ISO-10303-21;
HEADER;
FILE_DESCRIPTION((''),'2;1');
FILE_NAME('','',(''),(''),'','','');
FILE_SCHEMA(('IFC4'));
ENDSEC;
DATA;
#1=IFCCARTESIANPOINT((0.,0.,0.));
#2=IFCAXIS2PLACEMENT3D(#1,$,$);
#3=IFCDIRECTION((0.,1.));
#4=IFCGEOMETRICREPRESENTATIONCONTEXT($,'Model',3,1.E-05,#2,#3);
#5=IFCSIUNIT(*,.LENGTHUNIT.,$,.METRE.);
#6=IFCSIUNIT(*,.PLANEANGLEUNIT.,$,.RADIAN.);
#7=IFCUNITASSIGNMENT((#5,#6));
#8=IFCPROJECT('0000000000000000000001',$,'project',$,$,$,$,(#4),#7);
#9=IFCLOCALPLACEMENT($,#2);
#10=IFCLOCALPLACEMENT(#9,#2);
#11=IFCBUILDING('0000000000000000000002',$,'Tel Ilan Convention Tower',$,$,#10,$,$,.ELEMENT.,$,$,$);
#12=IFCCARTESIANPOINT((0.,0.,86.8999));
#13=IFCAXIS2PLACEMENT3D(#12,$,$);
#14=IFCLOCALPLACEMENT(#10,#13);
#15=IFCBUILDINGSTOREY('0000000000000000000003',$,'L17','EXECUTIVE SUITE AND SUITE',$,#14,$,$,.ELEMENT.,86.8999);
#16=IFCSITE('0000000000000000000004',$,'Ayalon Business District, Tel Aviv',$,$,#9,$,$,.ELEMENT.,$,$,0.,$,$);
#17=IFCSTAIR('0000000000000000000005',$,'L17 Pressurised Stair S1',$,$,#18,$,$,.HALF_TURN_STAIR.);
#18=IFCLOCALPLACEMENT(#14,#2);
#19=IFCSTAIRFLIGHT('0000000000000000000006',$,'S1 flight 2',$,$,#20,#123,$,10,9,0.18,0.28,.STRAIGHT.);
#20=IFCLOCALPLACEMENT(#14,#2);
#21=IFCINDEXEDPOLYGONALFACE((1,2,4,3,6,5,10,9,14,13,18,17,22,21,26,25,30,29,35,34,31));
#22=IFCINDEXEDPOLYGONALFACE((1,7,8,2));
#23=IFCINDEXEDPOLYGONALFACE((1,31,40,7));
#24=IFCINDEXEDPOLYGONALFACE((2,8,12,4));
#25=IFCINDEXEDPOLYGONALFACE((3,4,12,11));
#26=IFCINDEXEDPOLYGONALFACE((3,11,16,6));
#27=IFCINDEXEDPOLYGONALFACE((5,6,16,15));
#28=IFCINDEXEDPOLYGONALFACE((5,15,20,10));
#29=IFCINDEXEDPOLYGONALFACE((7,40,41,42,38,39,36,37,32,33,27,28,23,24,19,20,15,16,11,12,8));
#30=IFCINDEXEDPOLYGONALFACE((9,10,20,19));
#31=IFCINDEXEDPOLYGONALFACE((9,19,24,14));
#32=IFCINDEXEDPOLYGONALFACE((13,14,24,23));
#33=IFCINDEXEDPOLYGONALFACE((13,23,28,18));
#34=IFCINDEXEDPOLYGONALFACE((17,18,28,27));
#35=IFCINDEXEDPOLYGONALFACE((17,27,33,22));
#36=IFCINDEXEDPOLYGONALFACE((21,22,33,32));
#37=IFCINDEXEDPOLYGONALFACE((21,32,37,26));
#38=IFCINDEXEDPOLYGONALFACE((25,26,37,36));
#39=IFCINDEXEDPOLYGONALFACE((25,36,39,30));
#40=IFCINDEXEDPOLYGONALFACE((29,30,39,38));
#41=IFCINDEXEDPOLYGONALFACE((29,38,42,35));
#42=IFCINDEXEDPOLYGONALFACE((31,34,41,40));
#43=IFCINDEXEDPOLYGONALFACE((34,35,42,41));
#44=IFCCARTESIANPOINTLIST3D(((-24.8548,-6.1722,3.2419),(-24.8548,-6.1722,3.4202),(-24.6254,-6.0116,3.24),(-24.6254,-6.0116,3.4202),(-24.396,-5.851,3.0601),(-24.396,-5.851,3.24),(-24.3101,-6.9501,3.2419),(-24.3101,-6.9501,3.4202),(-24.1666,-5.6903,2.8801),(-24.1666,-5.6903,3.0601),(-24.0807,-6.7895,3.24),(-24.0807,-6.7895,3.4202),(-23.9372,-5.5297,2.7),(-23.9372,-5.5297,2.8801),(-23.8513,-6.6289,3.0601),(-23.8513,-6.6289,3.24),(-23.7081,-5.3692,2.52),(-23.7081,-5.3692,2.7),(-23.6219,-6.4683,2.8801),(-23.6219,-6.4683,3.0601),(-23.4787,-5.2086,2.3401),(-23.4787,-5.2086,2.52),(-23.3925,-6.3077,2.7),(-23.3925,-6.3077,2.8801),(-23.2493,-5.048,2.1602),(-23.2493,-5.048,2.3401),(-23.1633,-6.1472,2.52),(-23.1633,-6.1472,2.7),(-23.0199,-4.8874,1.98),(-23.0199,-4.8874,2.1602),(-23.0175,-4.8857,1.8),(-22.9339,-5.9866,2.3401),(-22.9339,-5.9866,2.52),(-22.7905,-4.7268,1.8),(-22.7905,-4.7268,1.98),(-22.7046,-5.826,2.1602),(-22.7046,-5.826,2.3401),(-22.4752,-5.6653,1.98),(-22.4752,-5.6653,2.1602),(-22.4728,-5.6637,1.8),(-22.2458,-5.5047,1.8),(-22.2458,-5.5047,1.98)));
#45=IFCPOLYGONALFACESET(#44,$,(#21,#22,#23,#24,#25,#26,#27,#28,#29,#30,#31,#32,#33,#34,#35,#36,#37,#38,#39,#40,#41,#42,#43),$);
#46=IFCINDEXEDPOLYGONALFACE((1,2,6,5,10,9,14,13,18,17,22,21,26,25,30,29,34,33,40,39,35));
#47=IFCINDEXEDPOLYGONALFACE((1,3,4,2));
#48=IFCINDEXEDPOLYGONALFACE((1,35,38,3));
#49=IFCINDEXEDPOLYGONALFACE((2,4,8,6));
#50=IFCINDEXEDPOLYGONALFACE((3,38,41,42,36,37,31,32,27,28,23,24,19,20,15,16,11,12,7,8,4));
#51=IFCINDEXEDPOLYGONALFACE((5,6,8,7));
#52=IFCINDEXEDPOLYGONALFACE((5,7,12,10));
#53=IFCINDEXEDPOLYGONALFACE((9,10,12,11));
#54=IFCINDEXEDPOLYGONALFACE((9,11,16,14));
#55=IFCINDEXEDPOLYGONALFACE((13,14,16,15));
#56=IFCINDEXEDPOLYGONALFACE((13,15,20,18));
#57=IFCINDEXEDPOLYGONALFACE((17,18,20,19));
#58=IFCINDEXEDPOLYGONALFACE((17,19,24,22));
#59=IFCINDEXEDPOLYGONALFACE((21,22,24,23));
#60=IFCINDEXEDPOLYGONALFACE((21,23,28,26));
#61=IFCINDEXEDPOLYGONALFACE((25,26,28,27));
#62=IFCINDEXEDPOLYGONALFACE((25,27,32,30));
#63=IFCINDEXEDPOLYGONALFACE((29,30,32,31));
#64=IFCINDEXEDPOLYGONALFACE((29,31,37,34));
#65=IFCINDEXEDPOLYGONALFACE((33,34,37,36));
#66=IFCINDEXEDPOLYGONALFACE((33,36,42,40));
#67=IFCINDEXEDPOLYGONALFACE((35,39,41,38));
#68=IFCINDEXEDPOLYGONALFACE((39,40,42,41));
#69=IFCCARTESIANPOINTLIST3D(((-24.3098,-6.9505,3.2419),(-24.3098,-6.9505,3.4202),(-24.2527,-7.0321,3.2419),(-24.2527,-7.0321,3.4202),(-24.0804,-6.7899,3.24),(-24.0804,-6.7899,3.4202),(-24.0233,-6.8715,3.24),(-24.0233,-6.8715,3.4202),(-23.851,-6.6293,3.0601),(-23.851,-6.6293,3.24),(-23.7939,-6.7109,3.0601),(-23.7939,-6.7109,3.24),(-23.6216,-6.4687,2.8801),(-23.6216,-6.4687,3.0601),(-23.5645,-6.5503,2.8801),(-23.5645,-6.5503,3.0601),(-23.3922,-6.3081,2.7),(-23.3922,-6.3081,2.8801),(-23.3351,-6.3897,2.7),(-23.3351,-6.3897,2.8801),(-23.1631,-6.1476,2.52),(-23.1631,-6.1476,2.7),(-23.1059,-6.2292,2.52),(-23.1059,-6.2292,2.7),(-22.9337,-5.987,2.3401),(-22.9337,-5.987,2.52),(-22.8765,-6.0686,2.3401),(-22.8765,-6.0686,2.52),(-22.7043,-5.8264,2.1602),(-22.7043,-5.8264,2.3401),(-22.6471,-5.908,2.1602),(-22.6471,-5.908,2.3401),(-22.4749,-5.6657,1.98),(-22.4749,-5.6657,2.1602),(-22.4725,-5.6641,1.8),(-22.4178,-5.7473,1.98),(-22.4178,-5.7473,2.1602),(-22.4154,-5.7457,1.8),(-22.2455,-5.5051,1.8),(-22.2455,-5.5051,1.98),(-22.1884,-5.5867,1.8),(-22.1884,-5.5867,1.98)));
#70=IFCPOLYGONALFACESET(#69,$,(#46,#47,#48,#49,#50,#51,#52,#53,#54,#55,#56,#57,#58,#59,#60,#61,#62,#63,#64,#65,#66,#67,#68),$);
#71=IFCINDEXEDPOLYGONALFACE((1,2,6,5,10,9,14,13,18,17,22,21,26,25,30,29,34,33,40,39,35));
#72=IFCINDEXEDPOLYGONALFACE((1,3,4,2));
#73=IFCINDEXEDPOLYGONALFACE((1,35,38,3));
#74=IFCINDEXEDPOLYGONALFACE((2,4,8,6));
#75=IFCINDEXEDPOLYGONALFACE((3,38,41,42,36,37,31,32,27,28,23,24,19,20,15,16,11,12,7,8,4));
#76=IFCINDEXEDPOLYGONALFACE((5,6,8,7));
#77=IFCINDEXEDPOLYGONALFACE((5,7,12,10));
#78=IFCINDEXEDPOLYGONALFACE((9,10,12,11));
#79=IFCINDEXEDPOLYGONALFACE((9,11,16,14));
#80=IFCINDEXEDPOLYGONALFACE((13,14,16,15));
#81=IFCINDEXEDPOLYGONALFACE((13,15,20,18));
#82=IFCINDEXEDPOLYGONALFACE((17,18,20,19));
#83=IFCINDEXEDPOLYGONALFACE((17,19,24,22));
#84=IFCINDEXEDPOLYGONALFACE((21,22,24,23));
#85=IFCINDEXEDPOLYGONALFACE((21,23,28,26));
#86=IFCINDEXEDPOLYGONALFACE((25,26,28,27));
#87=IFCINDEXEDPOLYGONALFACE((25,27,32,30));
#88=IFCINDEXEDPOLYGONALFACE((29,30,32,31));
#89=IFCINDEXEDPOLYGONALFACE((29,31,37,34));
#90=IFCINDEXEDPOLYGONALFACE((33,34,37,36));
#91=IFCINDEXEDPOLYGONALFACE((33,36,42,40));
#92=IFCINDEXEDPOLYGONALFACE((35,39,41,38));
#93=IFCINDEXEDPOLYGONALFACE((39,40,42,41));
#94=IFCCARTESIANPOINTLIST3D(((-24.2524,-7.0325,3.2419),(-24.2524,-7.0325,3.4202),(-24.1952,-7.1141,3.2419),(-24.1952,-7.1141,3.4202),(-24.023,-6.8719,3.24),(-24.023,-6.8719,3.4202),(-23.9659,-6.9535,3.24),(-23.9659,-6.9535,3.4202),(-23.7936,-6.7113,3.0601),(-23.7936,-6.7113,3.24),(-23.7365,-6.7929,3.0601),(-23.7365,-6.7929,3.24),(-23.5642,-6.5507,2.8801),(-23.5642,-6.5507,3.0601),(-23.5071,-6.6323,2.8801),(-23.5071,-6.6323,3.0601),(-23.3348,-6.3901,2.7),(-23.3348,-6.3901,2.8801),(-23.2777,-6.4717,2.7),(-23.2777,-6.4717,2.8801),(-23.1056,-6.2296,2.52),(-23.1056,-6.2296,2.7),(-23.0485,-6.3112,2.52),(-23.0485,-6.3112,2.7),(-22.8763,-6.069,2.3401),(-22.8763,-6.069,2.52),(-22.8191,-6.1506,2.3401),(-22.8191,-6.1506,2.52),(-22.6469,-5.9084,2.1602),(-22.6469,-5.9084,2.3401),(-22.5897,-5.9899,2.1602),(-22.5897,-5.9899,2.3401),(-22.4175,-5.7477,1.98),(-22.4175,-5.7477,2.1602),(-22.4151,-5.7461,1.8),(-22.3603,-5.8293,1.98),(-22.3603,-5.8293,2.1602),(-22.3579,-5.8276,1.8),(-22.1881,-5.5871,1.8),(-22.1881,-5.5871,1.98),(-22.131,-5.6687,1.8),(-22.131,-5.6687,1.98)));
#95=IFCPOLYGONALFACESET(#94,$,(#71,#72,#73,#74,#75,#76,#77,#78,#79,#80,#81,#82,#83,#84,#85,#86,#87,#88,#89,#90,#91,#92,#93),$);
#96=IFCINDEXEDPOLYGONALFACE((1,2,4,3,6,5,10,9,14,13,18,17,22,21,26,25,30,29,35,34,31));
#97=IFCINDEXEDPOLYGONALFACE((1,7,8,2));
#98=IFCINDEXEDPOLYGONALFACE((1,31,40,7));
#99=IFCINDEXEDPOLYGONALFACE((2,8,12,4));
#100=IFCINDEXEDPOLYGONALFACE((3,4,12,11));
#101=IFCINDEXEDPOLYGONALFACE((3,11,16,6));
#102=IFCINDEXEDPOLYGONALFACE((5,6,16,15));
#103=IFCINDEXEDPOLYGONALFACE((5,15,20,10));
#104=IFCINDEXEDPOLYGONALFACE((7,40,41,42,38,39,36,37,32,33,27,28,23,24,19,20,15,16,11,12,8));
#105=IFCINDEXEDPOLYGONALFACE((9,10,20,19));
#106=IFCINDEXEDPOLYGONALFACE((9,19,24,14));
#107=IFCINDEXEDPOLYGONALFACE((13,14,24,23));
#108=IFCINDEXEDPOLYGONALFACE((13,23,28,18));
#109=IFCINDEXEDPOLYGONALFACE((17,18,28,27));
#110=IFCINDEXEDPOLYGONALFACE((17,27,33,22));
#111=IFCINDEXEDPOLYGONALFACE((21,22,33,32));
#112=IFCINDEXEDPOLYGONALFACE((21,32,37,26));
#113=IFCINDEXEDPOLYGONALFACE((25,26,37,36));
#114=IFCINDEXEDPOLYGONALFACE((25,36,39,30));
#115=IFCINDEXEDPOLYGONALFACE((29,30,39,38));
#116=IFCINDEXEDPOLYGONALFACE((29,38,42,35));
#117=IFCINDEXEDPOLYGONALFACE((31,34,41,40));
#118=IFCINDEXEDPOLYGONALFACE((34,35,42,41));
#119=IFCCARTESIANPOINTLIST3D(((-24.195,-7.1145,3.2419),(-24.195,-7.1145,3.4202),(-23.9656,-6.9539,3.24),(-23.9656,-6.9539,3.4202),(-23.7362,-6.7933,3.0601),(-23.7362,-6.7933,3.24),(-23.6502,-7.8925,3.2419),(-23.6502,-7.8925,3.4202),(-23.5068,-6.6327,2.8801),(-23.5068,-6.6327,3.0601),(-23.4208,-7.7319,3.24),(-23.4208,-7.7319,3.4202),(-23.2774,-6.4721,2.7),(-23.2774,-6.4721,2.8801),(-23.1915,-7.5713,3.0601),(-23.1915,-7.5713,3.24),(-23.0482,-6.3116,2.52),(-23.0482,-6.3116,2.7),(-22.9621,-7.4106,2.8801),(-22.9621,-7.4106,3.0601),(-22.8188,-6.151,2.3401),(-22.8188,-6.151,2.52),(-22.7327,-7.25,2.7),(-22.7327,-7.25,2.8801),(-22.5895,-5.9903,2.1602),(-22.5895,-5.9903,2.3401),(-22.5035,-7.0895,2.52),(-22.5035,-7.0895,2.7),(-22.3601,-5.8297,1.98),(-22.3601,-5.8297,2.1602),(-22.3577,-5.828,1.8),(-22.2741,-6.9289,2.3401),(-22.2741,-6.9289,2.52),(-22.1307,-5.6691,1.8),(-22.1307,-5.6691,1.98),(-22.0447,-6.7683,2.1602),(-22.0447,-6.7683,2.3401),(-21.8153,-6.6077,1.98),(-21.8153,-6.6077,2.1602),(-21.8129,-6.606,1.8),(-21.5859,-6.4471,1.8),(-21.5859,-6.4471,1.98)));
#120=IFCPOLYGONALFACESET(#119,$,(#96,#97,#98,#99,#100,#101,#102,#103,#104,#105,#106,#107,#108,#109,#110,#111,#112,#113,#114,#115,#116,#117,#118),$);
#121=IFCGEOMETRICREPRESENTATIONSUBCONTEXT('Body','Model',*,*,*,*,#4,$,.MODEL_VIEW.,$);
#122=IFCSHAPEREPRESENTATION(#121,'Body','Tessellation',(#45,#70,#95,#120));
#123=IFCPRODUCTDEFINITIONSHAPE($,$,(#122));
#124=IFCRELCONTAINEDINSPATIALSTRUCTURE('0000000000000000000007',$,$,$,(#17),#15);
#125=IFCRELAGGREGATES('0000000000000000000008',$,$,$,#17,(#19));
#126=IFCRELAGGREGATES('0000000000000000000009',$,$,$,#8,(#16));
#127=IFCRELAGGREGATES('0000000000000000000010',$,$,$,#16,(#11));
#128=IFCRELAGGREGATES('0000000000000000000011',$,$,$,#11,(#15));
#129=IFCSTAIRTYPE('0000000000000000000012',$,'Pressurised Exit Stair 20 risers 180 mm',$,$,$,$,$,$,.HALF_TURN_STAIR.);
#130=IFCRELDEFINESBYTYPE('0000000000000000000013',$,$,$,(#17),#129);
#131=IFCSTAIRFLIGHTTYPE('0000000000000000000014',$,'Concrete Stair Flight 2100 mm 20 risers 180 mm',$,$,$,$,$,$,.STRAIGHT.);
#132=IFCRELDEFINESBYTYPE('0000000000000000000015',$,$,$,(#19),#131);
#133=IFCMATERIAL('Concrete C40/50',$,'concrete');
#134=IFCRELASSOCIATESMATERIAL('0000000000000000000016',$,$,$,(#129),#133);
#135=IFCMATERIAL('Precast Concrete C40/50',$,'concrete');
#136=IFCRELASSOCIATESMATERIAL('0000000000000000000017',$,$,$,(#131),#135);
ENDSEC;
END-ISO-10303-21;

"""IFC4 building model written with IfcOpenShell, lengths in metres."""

from ifc_helpers import new_model, si_unit, direction, frame, origin, place, context, subcontext, project, spatial, polyline, outline, extrude, material, type_object, element, aggregate, save


model = new_model("IFC4")

# Units and contexts
model_context = context("Model", 3, precision=1e-05, world=origin(), true_north=direction((0.0, 1.0)))
body_context = subcontext(model_context, "Body", "Model", "MODEL_VIEW")
ifc_project = project(units=[si_unit("LENGTHUNIT", "METRE"), si_unit("PLANEANGLEUNIT", "RADIAN")], contexts=[model_context])

# Site, building, storey
site_placement = place(None, origin())
site = spatial("IfcSite", under=ifc_project, at=site_placement, Name="Ayalon Business District, Tel Aviv", CompositionType="ELEMENT", RefElevation=0.0)
building_placement = place(site_placement, origin())
building = spatial("IfcBuilding", under=site, at=building_placement, Name="Tel Ilan Convention Tower", CompositionType="ELEMENT")
storey_placement = place(building_placement, frame((0.0, 0.0, 86.8999)))
storey = spatial("IfcBuildingStorey", under=building, at=storey_placement, Name="L17", Description="EXECUTIVE SUITE AND SUITE", CompositionType="ELEMENT", Elevation=86.8999)

# Stair, stair flight
ifc_material_1 = material(Name="Concrete C40/50", Category="concrete")
stair_type = type_object("IfcStairType", Name="Pressurised Exit Stair 20 risers 180 mm", PredefinedType="HALF_TURN_STAIR", material=ifc_material_1)
stair_1_placement = place(storey_placement, origin())
stair_1 = element("IfcStair", 1, at=stair_1_placement, inside=storey, type_object=stair_type, Name="L17 Pressurised Stair S1", PredefinedType="HALF_TURN_STAIR")
ifc_material_2 = material(Name="Precast Concrete C40/50", Category="concrete")
stair_flight_type = type_object("IfcStairFlightType", Name="Concrete Stair Flight 2100 mm 20 risers 180 mm", PredefinedType="STRAIGHT", material=ifc_material_2)
stair_flight_1_placement = place(storey_placement, frame((-22.1882, -5.5869, 1.8), z_axis=(0.0, 0.0, 1.0), x_axis=(-0.819152, -0.573576, 0.0)))
stair_flight_1 = element("IfcStairFlight", 2, at=stair_flight_1_placement, type_object=stair_flight_type, Name="S1 flight 2", NumberOfRisers=10, NumberOfTreads=9, PredefinedType="STRAIGHT", RiserHeight=0.18, TreadLength=0.28, context=body_context, shape_type="SweptSolid", body=[
    extrude(outline(polyline([(0.0, 0.0), (0.0, 0.1799), (0.28, 0.1799), (0.28, 0.3601), (0.5601, 0.3601), (0.5601, 0.54), (0.8401, 0.54), (0.8401, 0.72), (1.1201, 0.72), (1.1201, 0.8999), (1.3999, 0.8999), (1.3999, 1.0801), (1.6799, 1.0801), (1.6799, 1.26), (1.96, 1.26), (1.96, 1.4399), (2.24, 1.4399), (2.24, 1.6201), (2.52, 1.6201), (2.52, 1.8), (2.52, 1.4419), (0.2771, 0.0), (0.0, 0.0)])), frame((0.0, -0.1003, 0.0), z_axis=(0.0, -1.0, 0.0), x_axis=(1.0, 0.0, 0.0)), (0.0, 0.0, 1.0), 0.9497),
    extrude(outline(polyline([(0.0, 0.0), (0.0, 0.1799), (0.28, 0.1799), (0.28, 0.3601), (0.5601, 0.3601), (0.5601, 0.54), (0.8401, 0.54), (0.8401, 0.72), (1.1201, 0.72), (1.1201, 0.8999), (1.3999, 0.8999), (1.3999, 1.0801), (1.6799, 1.0801), (1.6799, 1.26), (1.96, 1.26), (1.96, 1.4399), (2.24, 1.4399), (2.24, 1.6201), (2.52, 1.6201), (2.52, 1.8), (2.52, 1.4419), (0.2771, 0.0), (0.0, 0.0)])), frame((0.0, -0.0002, 0.0), z_axis=(0.0, -1.0, 0.0), x_axis=(1.0, 0.0, 0.0)), (0.0, 0.0, 1.0), 0.0996),
    extrude(outline(polyline([(0.0, 0.0), (0.0, 0.1799), (0.28, 0.1799), (0.28, 0.3601), (0.5601, 0.3601), (0.5601, 0.54), (0.8401, 0.54), (0.8401, 0.72), (1.1201, 0.72), (1.1201, 0.8999), (1.3999, 0.8999), (1.3999, 1.0801), (1.6799, 1.0801), (1.6799, 1.26), (1.96, 1.26), (1.96, 1.4399), (2.24, 1.4399), (2.24, 1.6201), (2.52, 1.6201), (2.52, 1.8), (2.52, 1.4419), (0.2771, 0.0), (0.0, 0.0)])), frame((0.0, 0.0999, 0.0), z_axis=(0.0, -1.0, 0.0), x_axis=(1.0, 0.0, 0.0)), (0.0, 0.0, 1.0), 0.0996),
    extrude(outline(polyline([(0.0, 0.0), (0.0, 0.1799), (0.28, 0.1799), (0.28, 0.3601), (0.5601, 0.3601), (0.5601, 0.54), (0.8401, 0.54), (0.8401, 0.72), (1.1201, 0.72), (1.1201, 0.8999), (1.3999, 0.8999), (1.3999, 1.0801), (1.6799, 1.0801), (1.6799, 1.26), (1.96, 1.26), (1.96, 1.4399), (2.24, 1.4399), (2.24, 1.6201), (2.52, 1.6201), (2.52, 1.8), (2.52, 1.4419), (0.2771, 0.0), (0.0, 0.0)])), frame((0.0, 1.05, 0.0), z_axis=(0.0, -1.0, 0.0), x_axis=(1.0, 0.0, 0.0)), (0.0, 0.0, 1.0), 0.9497),
])
aggregate(stair_1, [stair_flight_1])

save(model, "model.ifc")
